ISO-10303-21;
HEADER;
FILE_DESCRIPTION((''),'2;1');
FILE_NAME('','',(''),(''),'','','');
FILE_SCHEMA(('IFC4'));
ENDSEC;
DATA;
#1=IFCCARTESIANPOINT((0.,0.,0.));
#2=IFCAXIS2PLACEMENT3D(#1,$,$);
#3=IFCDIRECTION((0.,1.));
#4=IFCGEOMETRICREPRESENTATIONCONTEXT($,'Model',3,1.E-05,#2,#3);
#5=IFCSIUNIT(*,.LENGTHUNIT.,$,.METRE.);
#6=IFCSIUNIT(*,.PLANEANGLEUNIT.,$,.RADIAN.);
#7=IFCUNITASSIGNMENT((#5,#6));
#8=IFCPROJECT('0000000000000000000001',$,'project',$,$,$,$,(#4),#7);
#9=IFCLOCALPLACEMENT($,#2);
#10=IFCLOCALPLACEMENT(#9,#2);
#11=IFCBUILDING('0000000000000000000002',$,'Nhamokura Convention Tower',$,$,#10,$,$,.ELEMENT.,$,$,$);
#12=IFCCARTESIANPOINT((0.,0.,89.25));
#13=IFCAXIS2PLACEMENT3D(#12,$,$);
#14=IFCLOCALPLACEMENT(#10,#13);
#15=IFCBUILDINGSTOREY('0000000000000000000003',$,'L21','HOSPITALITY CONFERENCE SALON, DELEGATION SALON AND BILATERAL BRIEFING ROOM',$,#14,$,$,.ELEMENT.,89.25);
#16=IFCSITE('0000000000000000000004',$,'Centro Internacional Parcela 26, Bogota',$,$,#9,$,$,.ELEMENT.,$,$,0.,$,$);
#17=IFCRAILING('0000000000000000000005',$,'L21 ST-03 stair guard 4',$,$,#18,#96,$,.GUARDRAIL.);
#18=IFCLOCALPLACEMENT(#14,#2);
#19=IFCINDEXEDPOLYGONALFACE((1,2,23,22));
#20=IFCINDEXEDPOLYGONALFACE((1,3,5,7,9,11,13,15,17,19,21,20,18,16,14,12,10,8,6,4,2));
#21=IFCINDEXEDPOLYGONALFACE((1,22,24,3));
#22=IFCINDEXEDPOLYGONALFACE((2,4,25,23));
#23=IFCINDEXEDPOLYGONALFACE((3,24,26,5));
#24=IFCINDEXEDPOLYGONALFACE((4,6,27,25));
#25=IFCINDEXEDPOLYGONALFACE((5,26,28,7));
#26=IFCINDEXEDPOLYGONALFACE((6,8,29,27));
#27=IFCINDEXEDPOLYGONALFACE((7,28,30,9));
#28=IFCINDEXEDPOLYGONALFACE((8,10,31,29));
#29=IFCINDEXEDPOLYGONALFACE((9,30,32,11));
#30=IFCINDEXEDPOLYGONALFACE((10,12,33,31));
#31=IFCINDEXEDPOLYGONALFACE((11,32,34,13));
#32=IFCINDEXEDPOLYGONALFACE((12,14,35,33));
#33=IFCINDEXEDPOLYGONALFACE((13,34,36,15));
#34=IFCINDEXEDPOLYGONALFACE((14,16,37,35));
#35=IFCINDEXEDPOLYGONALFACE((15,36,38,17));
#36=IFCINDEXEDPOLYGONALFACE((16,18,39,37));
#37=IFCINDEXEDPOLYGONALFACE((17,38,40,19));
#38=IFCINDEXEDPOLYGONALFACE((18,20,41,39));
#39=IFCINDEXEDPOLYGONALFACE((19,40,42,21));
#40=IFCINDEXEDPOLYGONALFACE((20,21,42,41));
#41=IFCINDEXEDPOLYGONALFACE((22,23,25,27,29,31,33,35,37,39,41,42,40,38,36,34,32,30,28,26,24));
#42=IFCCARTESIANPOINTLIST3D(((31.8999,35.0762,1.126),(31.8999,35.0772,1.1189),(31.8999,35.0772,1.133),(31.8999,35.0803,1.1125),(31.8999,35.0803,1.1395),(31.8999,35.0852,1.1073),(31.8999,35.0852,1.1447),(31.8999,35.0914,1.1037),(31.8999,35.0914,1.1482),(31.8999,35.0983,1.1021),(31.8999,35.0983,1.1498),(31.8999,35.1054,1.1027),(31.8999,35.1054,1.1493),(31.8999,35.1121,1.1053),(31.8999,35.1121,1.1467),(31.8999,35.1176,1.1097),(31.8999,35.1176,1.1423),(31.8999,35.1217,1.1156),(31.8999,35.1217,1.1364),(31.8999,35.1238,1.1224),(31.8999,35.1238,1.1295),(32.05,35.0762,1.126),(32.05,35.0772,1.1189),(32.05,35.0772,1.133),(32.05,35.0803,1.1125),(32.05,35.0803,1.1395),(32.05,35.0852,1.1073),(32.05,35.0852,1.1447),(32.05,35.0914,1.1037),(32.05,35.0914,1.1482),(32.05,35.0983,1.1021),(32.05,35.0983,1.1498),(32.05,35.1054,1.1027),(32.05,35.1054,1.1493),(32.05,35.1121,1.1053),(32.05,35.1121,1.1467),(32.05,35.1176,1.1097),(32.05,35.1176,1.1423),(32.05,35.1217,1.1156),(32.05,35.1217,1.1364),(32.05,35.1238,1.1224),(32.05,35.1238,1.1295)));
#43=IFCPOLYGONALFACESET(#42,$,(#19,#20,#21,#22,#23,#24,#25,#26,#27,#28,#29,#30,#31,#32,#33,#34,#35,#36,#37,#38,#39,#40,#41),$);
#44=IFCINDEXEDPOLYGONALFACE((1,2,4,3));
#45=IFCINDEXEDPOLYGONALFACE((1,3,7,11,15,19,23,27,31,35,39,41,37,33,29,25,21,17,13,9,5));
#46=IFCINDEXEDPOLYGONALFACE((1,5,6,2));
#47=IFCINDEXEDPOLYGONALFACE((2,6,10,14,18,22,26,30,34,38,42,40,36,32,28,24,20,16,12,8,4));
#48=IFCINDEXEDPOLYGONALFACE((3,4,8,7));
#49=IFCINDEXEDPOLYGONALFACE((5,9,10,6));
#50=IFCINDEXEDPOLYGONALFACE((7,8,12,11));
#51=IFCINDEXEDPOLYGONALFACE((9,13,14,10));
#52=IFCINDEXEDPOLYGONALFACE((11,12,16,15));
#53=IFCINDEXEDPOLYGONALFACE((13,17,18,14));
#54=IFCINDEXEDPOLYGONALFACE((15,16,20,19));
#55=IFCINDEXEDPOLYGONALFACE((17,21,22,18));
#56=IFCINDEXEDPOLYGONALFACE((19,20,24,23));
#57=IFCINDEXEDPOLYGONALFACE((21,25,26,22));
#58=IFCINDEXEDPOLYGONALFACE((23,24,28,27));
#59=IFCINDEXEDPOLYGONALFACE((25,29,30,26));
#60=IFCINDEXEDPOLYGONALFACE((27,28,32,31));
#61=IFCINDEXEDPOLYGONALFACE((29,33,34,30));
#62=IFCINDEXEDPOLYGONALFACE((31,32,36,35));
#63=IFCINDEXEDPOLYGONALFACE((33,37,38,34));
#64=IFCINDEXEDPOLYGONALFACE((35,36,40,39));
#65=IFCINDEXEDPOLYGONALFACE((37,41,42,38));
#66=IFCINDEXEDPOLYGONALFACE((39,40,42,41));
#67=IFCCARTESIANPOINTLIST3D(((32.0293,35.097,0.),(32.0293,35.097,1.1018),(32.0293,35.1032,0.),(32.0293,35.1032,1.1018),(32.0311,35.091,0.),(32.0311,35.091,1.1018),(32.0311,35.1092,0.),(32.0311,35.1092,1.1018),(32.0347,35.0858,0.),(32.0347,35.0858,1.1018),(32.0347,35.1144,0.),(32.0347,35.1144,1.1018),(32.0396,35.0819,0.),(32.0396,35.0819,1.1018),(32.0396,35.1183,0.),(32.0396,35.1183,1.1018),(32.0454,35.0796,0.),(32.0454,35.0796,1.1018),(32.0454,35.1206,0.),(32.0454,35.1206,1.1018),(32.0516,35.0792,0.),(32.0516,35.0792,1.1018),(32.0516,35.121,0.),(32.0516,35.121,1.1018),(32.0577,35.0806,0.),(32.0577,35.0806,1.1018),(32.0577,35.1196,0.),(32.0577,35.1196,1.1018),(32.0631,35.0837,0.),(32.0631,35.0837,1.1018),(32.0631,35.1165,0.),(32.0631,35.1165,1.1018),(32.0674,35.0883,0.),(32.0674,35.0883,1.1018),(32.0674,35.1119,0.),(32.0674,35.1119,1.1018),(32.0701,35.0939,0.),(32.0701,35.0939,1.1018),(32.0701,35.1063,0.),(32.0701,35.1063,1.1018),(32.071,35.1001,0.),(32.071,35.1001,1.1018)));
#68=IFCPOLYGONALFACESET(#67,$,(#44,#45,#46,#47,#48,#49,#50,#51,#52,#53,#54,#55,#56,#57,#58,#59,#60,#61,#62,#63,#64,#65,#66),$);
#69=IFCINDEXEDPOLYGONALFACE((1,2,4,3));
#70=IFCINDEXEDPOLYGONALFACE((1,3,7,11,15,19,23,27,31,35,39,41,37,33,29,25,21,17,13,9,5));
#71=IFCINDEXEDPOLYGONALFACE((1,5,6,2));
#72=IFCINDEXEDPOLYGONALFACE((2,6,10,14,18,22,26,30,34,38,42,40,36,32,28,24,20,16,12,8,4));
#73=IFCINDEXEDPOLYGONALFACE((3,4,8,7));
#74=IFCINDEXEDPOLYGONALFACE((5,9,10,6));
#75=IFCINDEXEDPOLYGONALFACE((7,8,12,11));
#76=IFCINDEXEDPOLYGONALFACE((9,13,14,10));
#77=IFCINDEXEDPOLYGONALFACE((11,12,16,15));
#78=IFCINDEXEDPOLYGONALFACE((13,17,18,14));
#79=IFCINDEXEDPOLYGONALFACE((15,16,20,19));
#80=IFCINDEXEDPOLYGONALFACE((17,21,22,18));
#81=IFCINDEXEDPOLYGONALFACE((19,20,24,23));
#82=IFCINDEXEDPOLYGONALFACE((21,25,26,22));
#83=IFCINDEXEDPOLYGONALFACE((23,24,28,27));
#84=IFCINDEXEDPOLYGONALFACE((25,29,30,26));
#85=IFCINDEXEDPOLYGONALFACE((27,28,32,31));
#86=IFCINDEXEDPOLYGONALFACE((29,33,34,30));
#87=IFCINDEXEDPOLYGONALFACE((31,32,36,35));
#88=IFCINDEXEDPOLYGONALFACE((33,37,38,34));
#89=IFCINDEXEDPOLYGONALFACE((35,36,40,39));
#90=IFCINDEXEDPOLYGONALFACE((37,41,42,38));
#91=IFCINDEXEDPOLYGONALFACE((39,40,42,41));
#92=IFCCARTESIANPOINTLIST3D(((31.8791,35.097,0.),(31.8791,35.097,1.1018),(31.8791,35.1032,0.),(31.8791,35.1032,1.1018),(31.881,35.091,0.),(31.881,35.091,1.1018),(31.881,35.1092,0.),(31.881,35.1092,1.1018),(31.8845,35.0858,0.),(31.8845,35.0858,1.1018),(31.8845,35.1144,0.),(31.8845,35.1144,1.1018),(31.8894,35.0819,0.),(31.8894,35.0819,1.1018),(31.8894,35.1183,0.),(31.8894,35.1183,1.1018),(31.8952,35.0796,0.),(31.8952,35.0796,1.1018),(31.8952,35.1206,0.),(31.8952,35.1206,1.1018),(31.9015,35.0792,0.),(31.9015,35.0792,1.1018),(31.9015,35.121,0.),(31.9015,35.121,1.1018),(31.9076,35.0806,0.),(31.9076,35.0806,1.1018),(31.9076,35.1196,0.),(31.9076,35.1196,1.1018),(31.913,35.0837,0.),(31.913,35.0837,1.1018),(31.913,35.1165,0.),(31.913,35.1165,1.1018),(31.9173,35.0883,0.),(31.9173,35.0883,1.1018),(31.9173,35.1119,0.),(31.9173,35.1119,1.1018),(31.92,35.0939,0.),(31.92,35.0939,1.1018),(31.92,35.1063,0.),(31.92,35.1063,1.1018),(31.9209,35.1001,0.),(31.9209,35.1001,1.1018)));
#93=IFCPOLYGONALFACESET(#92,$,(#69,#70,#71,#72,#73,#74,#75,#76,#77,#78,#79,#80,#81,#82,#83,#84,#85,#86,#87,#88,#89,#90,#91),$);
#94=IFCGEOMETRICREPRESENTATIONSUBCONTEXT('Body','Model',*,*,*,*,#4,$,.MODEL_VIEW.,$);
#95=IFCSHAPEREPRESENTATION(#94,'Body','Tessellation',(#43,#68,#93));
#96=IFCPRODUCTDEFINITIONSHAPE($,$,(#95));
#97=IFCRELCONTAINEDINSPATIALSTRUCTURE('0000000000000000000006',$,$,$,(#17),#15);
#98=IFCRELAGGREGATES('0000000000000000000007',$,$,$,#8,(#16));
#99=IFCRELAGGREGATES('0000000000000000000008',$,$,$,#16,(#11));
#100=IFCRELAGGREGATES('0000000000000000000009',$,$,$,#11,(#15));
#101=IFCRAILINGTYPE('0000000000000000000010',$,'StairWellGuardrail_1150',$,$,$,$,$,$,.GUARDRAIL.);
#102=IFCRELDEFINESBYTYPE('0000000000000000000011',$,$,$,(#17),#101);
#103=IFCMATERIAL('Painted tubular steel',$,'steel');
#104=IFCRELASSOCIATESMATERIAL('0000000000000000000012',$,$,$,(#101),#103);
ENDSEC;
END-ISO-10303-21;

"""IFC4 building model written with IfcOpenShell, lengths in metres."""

from ifc_helpers import new_model, si_unit, direction, frame, origin, origin_2d, place, context, subcontext, project, spatial, circle, extrude, material, type_object, element, save


model = new_model("IFC4")

# Units and contexts
model_context = context("Model", 3, precision=1e-05, world=origin(), true_north=direction((0.0, 1.0)))
body_context = subcontext(model_context, "Body", "Model", "MODEL_VIEW")
ifc_project = project(units=[si_unit("LENGTHUNIT", "METRE"), si_unit("PLANEANGLEUNIT", "RADIAN")], contexts=[model_context])

# Site, building, storey
site_placement = place(None, origin())
site = spatial("IfcSite", under=ifc_project, at=site_placement, Name="Centro Internacional Parcela 26, Bogota", CompositionType="ELEMENT", RefElevation=0.0)
building_placement = place(site_placement, origin())
building = spatial("IfcBuilding", under=site, at=building_placement, Name="Nhamokura Convention Tower", CompositionType="ELEMENT")
storey_placement = place(building_placement, frame((0.0, 0.0, 89.25)))
storey = spatial("IfcBuildingStorey", under=building, at=storey_placement, Name="L21", Description="HOSPITALITY CONFERENCE SALON, DELEGATION SALON AND BILATERAL BRIEFING ROOM", CompositionType="ELEMENT", Elevation=89.25)

# Railing
ifc_material_1 = material(Name="Painted tubular steel", Category="steel")
railing_type_1 = type_object("IfcRailingType", Name="StairWellGuardrail_1150", PredefinedType="GUARDRAIL", material=ifc_material_1)
railing_1_placement = place(storey_placement, frame((32.05, 35.1001, 0.0)))
element("IfcRailing", 1, at=railing_1_placement, inside=storey, type_object=railing_type_1, Name="L21 ST-03 stair guard 4", PredefinedType="GUARDRAIL", context=body_context, shape_type="SweptSolid", body=[
    extrude(circle(Radius=0.0239, at=origin_2d()), frame((0.0, 0.0, 1.126), z_axis=(-1.0, 0.0, 0.0), x_axis=(0.0, -1.0, 0.0)), (0.0, 0.0, 1.0), 0.1501),
    extrude(circle(Radius=0.021, at=origin_2d()), origin(), (0.0, 0.0, 1.0), 1.1018),
    extrude(circle(Radius=0.021, at=origin_2d()), frame((-0.1501, 0.0, 0.0)), (0.0, 0.0, 1.0), 1.1018),
])

save(model, "model.ifc")
